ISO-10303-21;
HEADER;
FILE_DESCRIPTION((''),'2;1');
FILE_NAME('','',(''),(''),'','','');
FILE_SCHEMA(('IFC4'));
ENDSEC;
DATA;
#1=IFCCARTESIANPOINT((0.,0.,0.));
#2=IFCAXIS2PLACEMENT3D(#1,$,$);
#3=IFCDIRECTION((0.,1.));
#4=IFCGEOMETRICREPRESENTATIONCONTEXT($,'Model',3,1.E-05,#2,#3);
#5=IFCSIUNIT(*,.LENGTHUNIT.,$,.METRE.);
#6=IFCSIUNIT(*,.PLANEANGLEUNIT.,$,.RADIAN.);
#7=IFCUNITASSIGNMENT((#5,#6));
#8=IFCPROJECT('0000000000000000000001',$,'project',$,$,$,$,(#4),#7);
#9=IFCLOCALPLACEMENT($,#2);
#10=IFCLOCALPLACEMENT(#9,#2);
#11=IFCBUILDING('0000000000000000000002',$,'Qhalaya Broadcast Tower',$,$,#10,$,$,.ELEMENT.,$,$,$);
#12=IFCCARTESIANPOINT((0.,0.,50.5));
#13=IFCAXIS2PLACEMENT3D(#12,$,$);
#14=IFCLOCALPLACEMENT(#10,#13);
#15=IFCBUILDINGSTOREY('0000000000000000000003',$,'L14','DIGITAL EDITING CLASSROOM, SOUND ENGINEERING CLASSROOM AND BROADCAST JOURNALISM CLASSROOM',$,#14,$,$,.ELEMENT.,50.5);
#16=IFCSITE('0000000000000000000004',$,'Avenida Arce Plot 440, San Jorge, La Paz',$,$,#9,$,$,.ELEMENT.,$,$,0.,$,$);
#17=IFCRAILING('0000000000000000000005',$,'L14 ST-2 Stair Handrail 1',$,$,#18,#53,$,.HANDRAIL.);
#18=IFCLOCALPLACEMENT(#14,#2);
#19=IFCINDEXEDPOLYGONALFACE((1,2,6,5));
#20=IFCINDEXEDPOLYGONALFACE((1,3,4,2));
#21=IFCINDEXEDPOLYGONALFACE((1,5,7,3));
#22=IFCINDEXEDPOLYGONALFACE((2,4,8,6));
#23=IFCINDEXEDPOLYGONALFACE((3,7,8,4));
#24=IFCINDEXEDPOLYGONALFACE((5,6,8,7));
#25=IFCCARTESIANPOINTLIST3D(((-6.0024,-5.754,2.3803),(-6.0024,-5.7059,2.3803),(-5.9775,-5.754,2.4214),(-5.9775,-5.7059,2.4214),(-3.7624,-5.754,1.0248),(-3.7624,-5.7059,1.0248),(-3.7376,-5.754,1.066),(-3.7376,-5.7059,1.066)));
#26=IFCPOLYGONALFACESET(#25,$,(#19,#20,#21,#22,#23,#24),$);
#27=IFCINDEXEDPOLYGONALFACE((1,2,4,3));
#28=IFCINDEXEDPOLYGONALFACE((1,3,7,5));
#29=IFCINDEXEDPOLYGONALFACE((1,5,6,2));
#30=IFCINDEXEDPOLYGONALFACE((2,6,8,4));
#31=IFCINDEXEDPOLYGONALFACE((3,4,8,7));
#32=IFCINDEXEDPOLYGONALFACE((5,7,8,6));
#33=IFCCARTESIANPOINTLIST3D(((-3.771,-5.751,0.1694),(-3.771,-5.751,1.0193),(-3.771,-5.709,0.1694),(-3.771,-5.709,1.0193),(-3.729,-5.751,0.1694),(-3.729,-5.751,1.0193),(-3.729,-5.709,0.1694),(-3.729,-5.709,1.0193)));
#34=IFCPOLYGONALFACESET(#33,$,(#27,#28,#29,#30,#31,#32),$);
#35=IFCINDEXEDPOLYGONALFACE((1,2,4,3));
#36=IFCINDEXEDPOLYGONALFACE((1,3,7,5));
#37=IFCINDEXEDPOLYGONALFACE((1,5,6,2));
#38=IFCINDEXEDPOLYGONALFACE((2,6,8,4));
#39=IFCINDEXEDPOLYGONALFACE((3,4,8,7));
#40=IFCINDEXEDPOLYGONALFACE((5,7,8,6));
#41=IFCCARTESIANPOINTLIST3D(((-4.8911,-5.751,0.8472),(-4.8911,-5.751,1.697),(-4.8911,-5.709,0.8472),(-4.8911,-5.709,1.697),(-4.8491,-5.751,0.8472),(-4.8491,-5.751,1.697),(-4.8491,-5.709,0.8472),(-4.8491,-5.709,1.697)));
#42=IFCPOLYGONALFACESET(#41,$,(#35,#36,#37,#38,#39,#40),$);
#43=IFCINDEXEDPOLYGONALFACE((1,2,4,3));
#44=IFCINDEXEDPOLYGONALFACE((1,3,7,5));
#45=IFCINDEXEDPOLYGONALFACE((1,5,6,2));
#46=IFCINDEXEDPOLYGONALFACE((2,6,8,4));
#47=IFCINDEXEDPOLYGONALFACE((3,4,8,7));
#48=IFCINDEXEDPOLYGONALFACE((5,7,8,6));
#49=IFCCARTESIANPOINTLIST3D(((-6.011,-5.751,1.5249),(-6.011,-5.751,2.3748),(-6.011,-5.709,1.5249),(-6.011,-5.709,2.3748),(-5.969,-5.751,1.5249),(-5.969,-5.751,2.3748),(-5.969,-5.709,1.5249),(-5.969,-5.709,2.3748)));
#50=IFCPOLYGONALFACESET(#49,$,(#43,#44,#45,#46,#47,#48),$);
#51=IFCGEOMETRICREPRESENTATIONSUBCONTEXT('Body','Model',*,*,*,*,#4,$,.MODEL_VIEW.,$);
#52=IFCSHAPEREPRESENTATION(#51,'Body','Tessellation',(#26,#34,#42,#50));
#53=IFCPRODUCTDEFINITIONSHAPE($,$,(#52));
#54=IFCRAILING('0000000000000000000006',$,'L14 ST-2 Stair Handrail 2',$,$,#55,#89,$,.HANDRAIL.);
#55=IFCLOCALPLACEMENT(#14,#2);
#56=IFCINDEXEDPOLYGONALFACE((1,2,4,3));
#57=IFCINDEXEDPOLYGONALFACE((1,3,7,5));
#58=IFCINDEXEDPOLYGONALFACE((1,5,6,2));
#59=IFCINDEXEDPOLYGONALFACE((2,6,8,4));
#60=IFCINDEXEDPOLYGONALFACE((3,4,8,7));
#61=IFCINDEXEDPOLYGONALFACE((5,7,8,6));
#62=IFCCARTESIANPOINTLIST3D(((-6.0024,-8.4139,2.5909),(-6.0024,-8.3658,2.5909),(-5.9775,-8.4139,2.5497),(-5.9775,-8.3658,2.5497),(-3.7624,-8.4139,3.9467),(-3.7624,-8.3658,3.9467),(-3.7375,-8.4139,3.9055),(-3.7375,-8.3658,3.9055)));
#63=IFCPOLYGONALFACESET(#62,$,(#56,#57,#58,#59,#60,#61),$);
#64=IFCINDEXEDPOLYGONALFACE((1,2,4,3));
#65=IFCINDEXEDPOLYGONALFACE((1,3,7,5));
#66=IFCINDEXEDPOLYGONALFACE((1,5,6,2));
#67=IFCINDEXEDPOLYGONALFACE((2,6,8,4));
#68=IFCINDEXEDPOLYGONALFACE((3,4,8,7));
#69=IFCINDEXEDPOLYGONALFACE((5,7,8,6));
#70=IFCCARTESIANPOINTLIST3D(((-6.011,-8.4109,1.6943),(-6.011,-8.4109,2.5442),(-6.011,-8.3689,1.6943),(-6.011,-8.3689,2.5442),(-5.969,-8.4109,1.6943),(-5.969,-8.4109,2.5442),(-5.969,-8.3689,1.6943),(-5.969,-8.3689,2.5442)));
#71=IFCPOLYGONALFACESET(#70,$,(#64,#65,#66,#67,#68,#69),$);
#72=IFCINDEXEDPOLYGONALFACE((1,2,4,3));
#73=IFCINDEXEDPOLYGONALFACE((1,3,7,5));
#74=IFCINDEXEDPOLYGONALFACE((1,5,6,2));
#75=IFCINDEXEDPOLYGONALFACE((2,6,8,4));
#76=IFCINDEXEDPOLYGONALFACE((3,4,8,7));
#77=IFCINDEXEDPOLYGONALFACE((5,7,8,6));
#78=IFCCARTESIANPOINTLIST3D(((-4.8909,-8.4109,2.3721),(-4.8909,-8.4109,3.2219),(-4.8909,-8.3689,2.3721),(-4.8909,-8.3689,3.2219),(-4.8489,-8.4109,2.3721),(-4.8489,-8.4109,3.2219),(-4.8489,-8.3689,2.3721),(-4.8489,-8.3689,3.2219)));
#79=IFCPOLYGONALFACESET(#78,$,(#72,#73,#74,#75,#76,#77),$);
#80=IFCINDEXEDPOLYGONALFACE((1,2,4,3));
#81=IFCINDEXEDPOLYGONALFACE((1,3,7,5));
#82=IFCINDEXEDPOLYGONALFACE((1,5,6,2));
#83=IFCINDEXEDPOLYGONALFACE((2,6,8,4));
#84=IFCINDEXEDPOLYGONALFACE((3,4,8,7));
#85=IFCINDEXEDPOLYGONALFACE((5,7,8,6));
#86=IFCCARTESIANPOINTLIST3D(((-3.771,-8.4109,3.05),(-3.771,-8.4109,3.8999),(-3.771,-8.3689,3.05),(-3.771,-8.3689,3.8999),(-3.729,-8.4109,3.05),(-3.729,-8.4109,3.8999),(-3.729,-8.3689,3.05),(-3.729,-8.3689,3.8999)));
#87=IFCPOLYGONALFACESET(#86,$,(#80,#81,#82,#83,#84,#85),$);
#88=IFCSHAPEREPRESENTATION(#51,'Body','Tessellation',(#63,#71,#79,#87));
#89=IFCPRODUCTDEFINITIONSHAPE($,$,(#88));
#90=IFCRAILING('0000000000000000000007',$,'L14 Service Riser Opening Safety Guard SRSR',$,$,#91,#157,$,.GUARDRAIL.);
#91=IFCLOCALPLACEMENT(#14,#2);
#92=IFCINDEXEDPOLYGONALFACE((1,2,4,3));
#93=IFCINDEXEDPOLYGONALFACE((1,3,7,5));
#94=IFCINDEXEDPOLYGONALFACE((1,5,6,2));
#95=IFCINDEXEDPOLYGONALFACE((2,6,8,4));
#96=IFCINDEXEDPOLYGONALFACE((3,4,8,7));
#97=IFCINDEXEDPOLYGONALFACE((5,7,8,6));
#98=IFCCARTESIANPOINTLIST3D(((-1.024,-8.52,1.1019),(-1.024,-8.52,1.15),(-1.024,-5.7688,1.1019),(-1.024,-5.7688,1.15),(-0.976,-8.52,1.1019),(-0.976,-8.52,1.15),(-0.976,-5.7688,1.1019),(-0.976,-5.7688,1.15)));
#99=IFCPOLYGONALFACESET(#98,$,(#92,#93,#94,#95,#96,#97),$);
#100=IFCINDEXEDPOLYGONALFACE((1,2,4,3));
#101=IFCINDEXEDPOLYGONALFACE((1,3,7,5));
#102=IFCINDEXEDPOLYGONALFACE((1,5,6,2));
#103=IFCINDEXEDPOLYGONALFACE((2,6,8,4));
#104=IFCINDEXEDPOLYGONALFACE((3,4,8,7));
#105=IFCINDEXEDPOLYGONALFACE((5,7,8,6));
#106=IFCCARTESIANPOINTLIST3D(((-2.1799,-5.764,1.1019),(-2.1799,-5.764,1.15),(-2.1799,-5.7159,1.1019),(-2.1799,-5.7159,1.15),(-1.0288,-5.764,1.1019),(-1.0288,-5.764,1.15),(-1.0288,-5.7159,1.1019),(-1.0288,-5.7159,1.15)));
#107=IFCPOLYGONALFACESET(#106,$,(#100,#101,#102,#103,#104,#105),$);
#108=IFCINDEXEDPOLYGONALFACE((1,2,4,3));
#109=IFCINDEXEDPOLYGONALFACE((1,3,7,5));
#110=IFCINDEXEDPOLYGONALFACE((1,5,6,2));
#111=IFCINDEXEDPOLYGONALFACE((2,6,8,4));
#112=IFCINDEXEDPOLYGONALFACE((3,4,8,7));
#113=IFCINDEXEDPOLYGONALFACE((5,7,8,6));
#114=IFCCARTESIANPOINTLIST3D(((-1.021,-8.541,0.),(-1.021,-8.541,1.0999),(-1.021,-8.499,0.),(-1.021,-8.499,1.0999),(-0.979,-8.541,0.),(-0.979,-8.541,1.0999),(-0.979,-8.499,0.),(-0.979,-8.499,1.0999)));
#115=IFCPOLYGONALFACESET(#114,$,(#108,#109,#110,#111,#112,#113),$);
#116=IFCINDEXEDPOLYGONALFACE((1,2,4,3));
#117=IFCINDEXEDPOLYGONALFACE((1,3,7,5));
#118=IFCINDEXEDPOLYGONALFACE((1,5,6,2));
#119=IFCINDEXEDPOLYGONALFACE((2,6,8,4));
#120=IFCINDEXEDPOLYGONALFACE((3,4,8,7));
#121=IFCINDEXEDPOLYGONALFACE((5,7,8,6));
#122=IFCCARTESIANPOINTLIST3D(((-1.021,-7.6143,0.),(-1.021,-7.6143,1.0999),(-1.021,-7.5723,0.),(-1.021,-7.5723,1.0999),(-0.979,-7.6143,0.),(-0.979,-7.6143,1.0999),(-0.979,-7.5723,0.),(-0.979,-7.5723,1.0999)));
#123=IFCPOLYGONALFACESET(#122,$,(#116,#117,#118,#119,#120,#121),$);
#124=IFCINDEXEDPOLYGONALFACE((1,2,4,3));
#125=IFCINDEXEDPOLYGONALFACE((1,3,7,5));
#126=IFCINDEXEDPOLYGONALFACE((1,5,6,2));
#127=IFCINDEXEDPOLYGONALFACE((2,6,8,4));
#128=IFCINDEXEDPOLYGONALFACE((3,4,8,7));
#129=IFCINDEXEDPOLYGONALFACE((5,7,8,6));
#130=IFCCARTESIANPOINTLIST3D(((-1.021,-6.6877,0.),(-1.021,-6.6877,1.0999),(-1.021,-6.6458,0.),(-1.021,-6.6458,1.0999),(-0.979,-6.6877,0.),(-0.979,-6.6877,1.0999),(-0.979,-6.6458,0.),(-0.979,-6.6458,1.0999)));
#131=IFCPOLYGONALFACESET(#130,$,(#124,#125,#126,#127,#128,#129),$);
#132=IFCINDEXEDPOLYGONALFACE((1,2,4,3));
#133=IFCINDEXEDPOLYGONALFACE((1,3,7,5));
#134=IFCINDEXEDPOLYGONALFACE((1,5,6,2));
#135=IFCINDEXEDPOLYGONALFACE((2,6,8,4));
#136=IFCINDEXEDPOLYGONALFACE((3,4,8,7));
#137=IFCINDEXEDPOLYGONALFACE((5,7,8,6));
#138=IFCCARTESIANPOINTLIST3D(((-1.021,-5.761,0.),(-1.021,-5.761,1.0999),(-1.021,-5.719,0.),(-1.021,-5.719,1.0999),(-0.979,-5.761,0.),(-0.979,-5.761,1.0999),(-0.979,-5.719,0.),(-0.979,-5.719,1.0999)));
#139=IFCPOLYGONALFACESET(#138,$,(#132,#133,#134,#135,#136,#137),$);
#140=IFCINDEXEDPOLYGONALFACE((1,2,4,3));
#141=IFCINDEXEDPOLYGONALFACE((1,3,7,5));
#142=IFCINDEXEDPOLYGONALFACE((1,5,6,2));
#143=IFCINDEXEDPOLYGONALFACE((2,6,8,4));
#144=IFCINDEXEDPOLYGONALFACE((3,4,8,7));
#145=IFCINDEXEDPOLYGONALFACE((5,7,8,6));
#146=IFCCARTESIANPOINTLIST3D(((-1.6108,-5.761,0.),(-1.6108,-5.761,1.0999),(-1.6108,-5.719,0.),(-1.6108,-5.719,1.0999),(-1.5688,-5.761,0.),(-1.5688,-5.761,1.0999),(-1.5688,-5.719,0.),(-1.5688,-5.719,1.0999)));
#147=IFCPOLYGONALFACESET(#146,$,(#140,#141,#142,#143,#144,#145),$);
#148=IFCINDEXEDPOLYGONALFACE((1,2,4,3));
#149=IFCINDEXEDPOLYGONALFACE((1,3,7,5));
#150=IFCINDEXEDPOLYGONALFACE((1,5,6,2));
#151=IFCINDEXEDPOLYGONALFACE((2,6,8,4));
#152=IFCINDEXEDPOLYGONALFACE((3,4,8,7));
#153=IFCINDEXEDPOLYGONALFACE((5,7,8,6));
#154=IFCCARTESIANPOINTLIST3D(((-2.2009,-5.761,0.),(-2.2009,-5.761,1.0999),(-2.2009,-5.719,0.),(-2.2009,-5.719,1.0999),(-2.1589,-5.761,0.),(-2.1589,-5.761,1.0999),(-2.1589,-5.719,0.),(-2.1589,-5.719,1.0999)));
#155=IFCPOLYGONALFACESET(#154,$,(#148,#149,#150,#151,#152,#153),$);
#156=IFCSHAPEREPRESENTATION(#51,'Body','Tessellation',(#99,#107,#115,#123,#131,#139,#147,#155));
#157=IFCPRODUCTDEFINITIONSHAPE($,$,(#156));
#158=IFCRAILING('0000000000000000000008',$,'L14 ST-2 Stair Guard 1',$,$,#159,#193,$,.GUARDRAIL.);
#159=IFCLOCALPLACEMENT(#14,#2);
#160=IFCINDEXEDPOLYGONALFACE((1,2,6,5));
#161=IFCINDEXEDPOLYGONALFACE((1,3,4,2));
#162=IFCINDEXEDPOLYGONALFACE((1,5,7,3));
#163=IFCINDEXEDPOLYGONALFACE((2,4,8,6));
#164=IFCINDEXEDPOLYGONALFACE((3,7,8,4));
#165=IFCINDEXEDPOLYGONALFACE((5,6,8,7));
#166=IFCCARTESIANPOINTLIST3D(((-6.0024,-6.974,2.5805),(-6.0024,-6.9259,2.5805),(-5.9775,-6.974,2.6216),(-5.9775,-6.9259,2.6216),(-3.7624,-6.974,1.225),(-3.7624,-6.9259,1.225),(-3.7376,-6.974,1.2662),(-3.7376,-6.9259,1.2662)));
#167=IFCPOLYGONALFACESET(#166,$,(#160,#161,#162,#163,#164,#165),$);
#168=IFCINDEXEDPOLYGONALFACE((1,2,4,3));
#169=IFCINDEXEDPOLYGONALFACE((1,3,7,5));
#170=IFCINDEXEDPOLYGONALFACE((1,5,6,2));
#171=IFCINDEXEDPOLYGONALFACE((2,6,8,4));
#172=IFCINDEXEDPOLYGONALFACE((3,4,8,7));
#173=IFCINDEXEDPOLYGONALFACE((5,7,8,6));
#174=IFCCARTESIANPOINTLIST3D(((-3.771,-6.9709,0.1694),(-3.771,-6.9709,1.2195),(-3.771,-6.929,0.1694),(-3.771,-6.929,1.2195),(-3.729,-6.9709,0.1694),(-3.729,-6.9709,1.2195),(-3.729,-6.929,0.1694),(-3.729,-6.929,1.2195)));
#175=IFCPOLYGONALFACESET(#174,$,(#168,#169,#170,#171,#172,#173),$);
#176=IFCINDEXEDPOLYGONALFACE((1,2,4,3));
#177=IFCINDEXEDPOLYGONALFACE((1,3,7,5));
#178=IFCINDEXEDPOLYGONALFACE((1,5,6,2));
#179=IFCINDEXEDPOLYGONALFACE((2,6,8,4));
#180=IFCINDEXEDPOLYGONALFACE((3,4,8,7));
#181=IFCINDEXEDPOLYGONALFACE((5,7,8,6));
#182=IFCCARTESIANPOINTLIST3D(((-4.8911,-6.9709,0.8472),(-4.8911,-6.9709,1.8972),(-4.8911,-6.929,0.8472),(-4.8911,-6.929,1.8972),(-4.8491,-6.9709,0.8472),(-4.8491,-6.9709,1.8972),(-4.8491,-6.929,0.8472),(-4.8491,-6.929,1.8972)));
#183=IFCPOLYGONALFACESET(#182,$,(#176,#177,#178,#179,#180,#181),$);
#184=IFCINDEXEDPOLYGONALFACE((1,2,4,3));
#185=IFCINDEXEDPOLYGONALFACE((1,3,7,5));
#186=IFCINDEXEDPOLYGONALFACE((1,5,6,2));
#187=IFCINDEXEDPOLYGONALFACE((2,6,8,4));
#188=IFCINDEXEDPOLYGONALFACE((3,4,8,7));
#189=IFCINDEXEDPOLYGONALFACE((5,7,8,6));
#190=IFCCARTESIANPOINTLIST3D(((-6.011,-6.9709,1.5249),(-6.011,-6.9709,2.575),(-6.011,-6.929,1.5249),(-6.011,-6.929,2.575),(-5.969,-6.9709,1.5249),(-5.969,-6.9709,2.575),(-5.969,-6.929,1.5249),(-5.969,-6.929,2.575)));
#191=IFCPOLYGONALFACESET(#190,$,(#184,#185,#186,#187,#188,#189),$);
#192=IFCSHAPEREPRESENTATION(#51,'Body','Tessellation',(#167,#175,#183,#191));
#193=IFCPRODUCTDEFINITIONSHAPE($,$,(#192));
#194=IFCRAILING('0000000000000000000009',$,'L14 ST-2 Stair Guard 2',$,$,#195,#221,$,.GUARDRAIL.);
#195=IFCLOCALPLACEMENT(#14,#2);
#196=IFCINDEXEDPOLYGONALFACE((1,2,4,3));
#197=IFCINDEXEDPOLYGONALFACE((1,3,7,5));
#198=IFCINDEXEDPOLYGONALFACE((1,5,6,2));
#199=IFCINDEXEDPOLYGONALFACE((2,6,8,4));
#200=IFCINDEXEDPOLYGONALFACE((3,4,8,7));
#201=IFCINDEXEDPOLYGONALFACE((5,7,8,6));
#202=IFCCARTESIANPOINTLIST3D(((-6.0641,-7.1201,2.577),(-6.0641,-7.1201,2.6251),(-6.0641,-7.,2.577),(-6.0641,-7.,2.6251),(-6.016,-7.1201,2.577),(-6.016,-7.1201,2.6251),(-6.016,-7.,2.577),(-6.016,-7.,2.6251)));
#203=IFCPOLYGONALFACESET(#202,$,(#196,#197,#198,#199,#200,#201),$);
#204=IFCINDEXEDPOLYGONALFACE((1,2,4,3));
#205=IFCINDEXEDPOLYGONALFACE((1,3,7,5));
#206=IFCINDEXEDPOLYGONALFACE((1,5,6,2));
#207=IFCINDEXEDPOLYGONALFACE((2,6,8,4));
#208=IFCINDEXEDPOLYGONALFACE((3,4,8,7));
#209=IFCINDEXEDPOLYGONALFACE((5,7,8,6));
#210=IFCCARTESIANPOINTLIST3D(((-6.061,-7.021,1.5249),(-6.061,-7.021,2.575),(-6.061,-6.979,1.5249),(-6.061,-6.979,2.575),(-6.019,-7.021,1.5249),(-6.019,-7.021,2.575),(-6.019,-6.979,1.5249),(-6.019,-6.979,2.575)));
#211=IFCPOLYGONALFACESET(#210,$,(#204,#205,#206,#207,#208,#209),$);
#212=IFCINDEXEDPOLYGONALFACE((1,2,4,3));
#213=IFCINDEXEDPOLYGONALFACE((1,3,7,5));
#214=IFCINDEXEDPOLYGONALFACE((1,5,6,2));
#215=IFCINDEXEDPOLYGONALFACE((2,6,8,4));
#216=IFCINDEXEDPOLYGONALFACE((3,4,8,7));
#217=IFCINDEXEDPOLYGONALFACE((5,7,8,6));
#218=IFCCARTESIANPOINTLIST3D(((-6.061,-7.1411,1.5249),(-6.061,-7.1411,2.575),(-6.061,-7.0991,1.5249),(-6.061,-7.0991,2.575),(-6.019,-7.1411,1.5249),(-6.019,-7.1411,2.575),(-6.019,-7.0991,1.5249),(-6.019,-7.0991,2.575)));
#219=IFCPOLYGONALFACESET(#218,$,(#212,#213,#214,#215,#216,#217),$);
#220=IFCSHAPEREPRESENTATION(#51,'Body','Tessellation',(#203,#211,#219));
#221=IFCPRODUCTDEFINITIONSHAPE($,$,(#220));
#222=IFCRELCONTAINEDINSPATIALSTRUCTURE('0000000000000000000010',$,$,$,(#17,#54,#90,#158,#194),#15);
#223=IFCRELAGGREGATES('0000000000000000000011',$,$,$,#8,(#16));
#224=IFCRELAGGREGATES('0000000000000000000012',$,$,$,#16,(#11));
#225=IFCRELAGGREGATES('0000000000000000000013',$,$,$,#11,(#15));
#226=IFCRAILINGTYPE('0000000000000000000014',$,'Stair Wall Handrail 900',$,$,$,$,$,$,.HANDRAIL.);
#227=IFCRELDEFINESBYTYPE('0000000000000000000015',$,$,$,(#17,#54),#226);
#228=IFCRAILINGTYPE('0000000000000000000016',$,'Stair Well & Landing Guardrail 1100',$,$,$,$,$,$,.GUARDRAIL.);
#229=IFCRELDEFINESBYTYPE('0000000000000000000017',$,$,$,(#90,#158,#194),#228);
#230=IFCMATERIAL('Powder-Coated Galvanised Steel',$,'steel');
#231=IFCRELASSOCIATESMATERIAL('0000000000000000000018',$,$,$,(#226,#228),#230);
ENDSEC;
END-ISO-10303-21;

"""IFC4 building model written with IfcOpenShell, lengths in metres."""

from ifc_helpers import new_model, si_unit, direction, frame, origin, origin_2d, place, context, subcontext, project, spatial, rectangle, extrude, material, type_object, element, save


model = new_model("IFC4")

# Units and contexts
model_context = context("Model", 3, precision=1e-05, world=origin(), true_north=direction((0.0, 1.0)))
body_context = subcontext(model_context, "Body", "Model", "MODEL_VIEW")
ifc_project = project(units=[si_unit("LENGTHUNIT", "METRE"), si_unit("PLANEANGLEUNIT", "RADIAN")], contexts=[model_context])

# Site, building, storey
site_placement = place(None, origin())
site = spatial("IfcSite", under=ifc_project, at=site_placement, Name="Avenida Arce Plot 440, San Jorge, La Paz", CompositionType="ELEMENT", RefElevation=0.0)
building_placement = place(site_placement, origin())
building = spatial("IfcBuilding", under=site, at=building_placement, Name="Qhalaya Broadcast Tower", CompositionType="ELEMENT")
storey_placement = place(building_placement, frame((0.0, 0.0, 50.5)))
storey = spatial("IfcBuildingStorey", under=building, at=storey_placement, Name="L14", Description="DIGITAL EDITING CLASSROOM, SOUND ENGINEERING CLASSROOM AND BROADCAST JOURNALISM CLASSROOM", CompositionType="ELEMENT", Elevation=50.5)

# Railings
ifc_material_1 = material(Name="Powder-Coated Galvanised Steel", Category="steel")
railing_type_1 = type_object("IfcRailingType", Name="Stair Wall Handrail 900", PredefinedType="HANDRAIL", material=ifc_material_1)
railing_1_placement = place(storey_placement, frame((-3.75, -5.73, 0.1694)))
element("IfcRailing", 1, at=railing_1_placement, inside=storey, type_object=railing_type_1, Name="L14 ST-2 Stair Handrail 1", PredefinedType="HANDRAIL", context=body_context, shape_type="SweptSolid", body=[
    extrude(rectangle(XDim=0.0481, YDim=0.0481, at=origin_2d()), frame((0.0, 0.0, 0.876), z_axis=(-0.855553, 0.0, 0.517715), x_axis=(0.0, -1.0, 0.0)), (0.0, 0.0, 1.0), 2.6182),
    extrude(rectangle(XDim=0.042, YDim=0.042, at=origin_2d()), origin(), (0.0, 0.0, 1.0), 0.8499),
    extrude(rectangle(XDim=0.042, YDim=0.042, at=origin_2d()), frame((-1.1201, 0.0, 0.6777)), (0.0, 0.0, 1.0), 0.8499),
    extrude(rectangle(XDim=0.042, YDim=0.042, at=origin_2d()), frame((-2.24, 0.0, 1.3555)), (0.0, 0.0, 1.0), 0.8499),
])
railing_2_placement = place(storey_placement, frame((-5.99, -8.3899, 1.6943)))
element("IfcRailing", 2, at=railing_2_placement, inside=storey, type_object=railing_type_1, Name="L14 ST-2 Stair Handrail 2", PredefinedType="HANDRAIL", context=body_context, shape_type="SweptSolid", body=[
    extrude(rectangle(XDim=0.0481, YDim=0.0481, at=origin_2d()), frame((0.0, 0.0, 0.876), z_axis=(0.855512, 0.0, 0.517783), x_axis=(0.0, 1.0, 0.0)), (0.0, 0.0, 1.0), 2.6184),
    extrude(rectangle(XDim=0.042, YDim=0.042, at=origin_2d()), origin(), (0.0, 0.0, 1.0), 0.8499),
    extrude(rectangle(XDim=0.042, YDim=0.042, at=origin_2d()), frame((1.1201, 0.0, 0.6777)), (0.0, 0.0, 1.0), 0.8499),
    extrude(rectangle(XDim=0.042, YDim=0.042, at=origin_2d()), frame((2.24, 0.0, 1.3557)), (0.0, 0.0, 1.0), 0.8499),
])
railing_type_2 = type_object("IfcRailingType", Name="Stair Well & Landing Guardrail 1100", PredefinedType="GUARDRAIL", material=ifc_material_1)
railing_3_placement = place(storey_placement, frame((-1.0, -8.52, 0.0)))
element("IfcRailing", 3, at=railing_3_placement, inside=storey, type_object=railing_type_2, Name="L14 Service Riser Opening Safety Guard SRSR", PredefinedType="GUARDRAIL", context=body_context, shape_type="SweptSolid", body=[
    extrude(rectangle(XDim=0.0481, YDim=0.0481, at=origin_2d()), frame((0.0, 0.0, 1.126), z_axis=(0.0, 1.0, 0.0), x_axis=(-1.0, 0.0, 0.0)), (0.0, 0.0, 1.0), 2.7512),
    extrude(rectangle(XDim=0.0481, YDim=0.0481, at=origin_2d()), frame((-0.0288, 2.78, 1.126), z_axis=(-1.0, 0.0, 0.0), x_axis=(0.0, -1.0, 0.0)), (0.0, 0.0, 1.0), 1.1511),
    extrude(rectangle(XDim=0.042, YDim=0.042, at=origin_2d()), origin(), (0.0, 0.0, 1.0), 1.0999),
    extrude(rectangle(XDim=0.042, YDim=0.042, at=origin_2d()), frame((0.0, 0.9268, 0.0)), (0.0, 0.0, 1.0), 1.0999),
    extrude(rectangle(XDim=0.042, YDim=0.042, at=origin_2d()), frame((0.0, 1.8533, 0.0)), (0.0, 0.0, 1.0), 1.0999),
    extrude(rectangle(XDim=0.042, YDim=0.042, at=origin_2d()), frame((0.0, 2.78, 0.0)), (0.0, 0.0, 1.0), 1.0999),
    extrude(rectangle(XDim=0.042, YDim=0.042, at=origin_2d()), frame((-0.5898, 2.78, 0.0)), (0.0, 0.0, 1.0), 1.0999),
    extrude(rectangle(XDim=0.042, YDim=0.042, at=origin_2d()), frame((-1.1799, 2.78, 0.0)), (0.0, 0.0, 1.0), 1.0999),
])
railing_4_placement = place(storey_placement, frame((-3.75, -6.95, 0.1694)))
element("IfcRailing", 4, at=railing_4_placement, inside=storey, type_object=railing_type_2, Name="L14 ST-2 Stair Guard 1", PredefinedType="GUARDRAIL", context=body_context, shape_type="SweptSolid", body=[
    extrude(rectangle(XDim=0.0481, YDim=0.0481, at=origin_2d()), frame((0.0, 0.0, 1.0762), z_axis=(-0.855553, 0.0, 0.517715), x_axis=(0.0, -1.0, 0.0)), (0.0, 0.0, 1.0), 2.6182),
    extrude(rectangle(XDim=0.042, YDim=0.042, at=origin_2d()), origin(), (0.0, 0.0, 1.0), 1.05),
    extrude(rectangle(XDim=0.042, YDim=0.042, at=origin_2d()), frame((-1.1201, 0.0, 0.6777)), (0.0, 0.0, 1.0), 1.05),
    extrude(rectangle(XDim=0.042, YDim=0.042, at=origin_2d()), frame((-2.24, 0.0, 1.3555)), (0.0, 0.0, 1.0), 1.05),
])
railing_5_placement = place(storey_placement, frame((-6.04, -7.0, 1.5249)))
element("IfcRailing", 5, at=railing_5_placement, inside=storey, type_object=railing_type_2, Name="L14 ST-2 Stair Guard 2", PredefinedType="GUARDRAIL", context=body_context, shape_type="SweptSolid", body=[
    extrude(rectangle(XDim=0.0481, YDim=0.0481, at=origin_2d()), frame((0.0, 0.0, 1.0762), z_axis=(0.0, -1.0, 0.0), x_axis=(1.0, 0.0, 0.0)), (0.0, 0.0, 1.0), 0.1201),
    extrude(rectangle(XDim=0.042, YDim=0.042, at=origin_2d()), origin(), (0.0, 0.0, 1.0), 1.05),
    extrude(rectangle(XDim=0.042, YDim=0.042, at=origin_2d()), frame((0.0, -0.1201, 0.0)), (0.0, 0.0, 1.0), 1.05),
])

save(model, "model.ifc")
